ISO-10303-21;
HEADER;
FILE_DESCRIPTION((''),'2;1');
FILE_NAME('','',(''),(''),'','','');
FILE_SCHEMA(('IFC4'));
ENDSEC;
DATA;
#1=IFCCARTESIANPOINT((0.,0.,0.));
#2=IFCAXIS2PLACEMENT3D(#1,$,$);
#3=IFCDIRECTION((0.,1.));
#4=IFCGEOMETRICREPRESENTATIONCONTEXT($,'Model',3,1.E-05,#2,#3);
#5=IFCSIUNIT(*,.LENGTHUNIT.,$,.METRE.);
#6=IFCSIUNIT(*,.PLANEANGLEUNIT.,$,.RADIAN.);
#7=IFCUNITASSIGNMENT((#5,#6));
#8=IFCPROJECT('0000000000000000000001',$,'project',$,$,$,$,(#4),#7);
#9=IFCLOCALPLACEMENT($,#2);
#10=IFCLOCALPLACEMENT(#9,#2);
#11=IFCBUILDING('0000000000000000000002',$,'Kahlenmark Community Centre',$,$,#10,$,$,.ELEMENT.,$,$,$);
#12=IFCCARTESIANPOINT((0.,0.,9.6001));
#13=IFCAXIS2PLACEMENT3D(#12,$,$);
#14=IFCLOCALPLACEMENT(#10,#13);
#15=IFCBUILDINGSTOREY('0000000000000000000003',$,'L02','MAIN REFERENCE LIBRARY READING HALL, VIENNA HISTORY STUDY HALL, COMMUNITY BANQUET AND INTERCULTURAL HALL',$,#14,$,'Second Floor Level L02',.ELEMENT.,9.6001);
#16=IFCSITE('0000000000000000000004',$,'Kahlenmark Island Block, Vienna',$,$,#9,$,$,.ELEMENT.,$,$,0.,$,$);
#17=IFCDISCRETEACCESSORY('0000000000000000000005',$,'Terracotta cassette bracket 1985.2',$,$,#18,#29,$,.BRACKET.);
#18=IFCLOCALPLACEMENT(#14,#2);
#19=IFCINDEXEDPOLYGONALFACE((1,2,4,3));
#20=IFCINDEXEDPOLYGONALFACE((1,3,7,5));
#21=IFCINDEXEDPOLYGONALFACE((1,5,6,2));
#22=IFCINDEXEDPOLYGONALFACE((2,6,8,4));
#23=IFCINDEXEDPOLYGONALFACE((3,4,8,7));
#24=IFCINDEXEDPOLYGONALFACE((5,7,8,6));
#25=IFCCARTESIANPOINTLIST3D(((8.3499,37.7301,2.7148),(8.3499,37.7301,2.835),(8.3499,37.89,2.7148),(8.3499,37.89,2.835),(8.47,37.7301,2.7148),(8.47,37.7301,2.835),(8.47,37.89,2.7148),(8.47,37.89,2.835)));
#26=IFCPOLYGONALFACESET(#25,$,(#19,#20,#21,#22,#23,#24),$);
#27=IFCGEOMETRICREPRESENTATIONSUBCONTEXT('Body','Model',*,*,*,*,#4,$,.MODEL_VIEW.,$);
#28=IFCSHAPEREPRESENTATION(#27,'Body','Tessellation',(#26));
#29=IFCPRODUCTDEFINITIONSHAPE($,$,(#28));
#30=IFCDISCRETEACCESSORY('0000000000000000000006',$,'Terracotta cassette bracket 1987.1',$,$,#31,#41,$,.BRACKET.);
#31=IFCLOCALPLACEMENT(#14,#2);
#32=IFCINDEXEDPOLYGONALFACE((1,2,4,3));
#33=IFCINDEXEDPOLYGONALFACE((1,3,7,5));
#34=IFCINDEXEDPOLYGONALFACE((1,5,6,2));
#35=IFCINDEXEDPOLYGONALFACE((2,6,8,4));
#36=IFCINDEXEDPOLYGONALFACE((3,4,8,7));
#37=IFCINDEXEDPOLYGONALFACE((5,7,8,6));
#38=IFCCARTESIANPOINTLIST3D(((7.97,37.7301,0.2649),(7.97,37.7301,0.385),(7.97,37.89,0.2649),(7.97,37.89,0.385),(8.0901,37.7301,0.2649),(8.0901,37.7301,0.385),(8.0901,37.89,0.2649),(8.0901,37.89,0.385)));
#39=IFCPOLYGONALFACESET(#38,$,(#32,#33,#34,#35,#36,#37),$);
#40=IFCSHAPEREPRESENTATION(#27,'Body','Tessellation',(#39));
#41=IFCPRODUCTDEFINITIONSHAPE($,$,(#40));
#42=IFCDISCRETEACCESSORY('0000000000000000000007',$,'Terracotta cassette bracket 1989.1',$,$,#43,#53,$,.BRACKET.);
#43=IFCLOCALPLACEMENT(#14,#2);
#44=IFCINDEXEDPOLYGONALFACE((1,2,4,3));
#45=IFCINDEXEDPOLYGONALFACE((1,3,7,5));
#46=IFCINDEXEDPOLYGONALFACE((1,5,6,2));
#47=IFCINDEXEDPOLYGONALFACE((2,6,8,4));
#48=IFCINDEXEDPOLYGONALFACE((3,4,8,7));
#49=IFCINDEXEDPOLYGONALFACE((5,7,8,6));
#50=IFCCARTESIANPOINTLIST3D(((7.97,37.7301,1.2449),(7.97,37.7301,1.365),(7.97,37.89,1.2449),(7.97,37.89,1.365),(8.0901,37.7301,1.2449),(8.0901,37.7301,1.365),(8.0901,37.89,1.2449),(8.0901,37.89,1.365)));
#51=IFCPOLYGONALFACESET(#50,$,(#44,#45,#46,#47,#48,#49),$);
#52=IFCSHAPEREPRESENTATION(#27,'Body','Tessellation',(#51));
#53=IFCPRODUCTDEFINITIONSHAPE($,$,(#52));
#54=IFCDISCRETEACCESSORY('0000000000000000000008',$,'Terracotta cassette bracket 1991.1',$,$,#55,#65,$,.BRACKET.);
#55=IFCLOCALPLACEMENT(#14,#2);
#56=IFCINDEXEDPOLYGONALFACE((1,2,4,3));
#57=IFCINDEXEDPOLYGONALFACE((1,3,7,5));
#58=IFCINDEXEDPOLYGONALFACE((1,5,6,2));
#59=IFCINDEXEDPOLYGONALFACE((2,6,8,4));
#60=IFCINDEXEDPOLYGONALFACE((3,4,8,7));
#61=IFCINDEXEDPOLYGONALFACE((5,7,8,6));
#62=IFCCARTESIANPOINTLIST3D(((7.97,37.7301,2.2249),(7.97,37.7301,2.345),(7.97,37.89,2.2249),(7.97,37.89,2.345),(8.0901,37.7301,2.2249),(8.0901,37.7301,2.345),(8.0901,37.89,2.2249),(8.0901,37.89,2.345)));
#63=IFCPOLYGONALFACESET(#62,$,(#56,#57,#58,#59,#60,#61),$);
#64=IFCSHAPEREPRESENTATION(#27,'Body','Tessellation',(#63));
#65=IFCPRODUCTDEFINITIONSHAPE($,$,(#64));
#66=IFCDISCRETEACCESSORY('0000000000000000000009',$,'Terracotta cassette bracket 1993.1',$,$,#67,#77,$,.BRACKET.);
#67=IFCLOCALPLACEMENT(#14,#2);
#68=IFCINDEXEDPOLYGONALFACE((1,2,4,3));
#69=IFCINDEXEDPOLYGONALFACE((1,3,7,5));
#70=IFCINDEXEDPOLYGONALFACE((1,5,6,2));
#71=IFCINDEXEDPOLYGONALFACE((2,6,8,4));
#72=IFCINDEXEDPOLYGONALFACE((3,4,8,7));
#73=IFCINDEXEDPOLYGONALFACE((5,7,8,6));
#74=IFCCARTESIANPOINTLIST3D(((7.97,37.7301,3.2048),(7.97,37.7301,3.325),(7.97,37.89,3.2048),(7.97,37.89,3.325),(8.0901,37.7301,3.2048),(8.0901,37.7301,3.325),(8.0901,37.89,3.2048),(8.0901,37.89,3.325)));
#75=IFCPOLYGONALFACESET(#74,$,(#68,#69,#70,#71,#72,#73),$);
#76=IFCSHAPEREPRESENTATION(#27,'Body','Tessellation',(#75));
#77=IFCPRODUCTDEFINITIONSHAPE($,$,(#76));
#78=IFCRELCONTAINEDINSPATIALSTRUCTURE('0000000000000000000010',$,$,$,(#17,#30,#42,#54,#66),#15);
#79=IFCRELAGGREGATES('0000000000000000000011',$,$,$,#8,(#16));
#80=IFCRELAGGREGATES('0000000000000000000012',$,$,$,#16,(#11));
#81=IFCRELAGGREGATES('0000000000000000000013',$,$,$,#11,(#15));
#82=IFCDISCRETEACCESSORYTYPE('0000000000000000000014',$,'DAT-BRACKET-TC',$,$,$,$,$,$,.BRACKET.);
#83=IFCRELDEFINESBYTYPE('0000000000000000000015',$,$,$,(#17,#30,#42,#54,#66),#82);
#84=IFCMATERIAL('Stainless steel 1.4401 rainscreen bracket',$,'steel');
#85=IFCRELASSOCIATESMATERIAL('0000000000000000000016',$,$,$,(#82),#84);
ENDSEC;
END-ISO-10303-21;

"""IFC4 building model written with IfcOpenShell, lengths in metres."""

from ifc_helpers import new_model, si_unit, direction, frame, origin, origin_2d, place, context, subcontext, project, spatial, rectangle, extrude, material, type_object, element, save


model = new_model("IFC4")

# Units and contexts
model_context = context("Model", 3, precision=1e-05, world=origin(), true_north=direction((0.0, 1.0)))
body_context = subcontext(model_context, "Body", "Model", "MODEL_VIEW")
ifc_project = project(units=[si_unit("LENGTHUNIT", "METRE"), si_unit("PLANEANGLEUNIT", "RADIAN")], contexts=[model_context])

# Site, building, storey
site_placement = place(None, origin())
site = spatial("IfcSite", under=ifc_project, at=site_placement, Name="Kahlenmark Island Block, Vienna", CompositionType="ELEMENT", RefElevation=0.0)
building_placement = place(site_placement, origin())
building = spatial("IfcBuilding", under=site, at=building_placement, Name="Kahlenmark Community Centre", CompositionType="ELEMENT")
storey_placement = place(building_placement, frame((0.0, 0.0, 9.6001)))
storey = spatial("IfcBuildingStorey", under=building, at=storey_placement, Name="L02", Description="MAIN REFERENCE LIBRARY READING HALL, VIENNA HISTORY STUDY HALL, COMMUNITY BANQUET AND INTERCULTURAL HALL", LongName="Second Floor Level L02", CompositionType="ELEMENT", Elevation=9.6001)

# Discrete accessories
ifc_material_1 = material(Name="Stainless steel 1.4401 rainscreen bracket", Category="steel")
discrete_accessory_type = type_object("IfcDiscreteAccessoryType", Name="DAT-BRACKET-TC", PredefinedType="BRACKET", material=ifc_material_1)
for number, where, z_axis, x_axis, name in (
    (1, (8.4099, 37.8101, 2.7148), (0.0, 0.0, 1.0), (-1.0, 0.0, 0.0), "Terracotta cassette bracket 1985.2"),
    (2, (8.03, 37.8101, 0.2649), (0.0, 0.0, 1.0), (-1.0, 0.0, 0.0), "Terracotta cassette bracket 1987.1"),
    (3, (8.03, 37.8101, 1.2449), (0.0, 0.0, 1.0), (-1.0, 0.0, 0.0), "Terracotta cassette bracket 1989.1"),
    (4, (8.03, 37.8101, 2.2249), (0.0, 0.0, 1.0), (-1.0, 0.0, 0.0), "Terracotta cassette bracket 1991.1"),
    (5, (8.03, 37.8101, 3.2048), (0.0, 0.0, 1.0), (-1.0, 0.0, 0.0), "Terracotta cassette bracket 1993.1"),
):
    element("IfcDiscreteAccessory", number, at=place(storey_placement, frame(where, z_axis=z_axis, x_axis=x_axis)), inside=storey, type_object=discrete_accessory_type, Name=name, PredefinedType="BRACKET", context=body_context, shape_type="SweptSolid", body=[
        extrude(rectangle(XDim=0.1201, YDim=0.1599, at=origin_2d()), origin(), (0.0, 0.0, 1.0), 0.1201),
    ])

save(model, "model.ifc")
